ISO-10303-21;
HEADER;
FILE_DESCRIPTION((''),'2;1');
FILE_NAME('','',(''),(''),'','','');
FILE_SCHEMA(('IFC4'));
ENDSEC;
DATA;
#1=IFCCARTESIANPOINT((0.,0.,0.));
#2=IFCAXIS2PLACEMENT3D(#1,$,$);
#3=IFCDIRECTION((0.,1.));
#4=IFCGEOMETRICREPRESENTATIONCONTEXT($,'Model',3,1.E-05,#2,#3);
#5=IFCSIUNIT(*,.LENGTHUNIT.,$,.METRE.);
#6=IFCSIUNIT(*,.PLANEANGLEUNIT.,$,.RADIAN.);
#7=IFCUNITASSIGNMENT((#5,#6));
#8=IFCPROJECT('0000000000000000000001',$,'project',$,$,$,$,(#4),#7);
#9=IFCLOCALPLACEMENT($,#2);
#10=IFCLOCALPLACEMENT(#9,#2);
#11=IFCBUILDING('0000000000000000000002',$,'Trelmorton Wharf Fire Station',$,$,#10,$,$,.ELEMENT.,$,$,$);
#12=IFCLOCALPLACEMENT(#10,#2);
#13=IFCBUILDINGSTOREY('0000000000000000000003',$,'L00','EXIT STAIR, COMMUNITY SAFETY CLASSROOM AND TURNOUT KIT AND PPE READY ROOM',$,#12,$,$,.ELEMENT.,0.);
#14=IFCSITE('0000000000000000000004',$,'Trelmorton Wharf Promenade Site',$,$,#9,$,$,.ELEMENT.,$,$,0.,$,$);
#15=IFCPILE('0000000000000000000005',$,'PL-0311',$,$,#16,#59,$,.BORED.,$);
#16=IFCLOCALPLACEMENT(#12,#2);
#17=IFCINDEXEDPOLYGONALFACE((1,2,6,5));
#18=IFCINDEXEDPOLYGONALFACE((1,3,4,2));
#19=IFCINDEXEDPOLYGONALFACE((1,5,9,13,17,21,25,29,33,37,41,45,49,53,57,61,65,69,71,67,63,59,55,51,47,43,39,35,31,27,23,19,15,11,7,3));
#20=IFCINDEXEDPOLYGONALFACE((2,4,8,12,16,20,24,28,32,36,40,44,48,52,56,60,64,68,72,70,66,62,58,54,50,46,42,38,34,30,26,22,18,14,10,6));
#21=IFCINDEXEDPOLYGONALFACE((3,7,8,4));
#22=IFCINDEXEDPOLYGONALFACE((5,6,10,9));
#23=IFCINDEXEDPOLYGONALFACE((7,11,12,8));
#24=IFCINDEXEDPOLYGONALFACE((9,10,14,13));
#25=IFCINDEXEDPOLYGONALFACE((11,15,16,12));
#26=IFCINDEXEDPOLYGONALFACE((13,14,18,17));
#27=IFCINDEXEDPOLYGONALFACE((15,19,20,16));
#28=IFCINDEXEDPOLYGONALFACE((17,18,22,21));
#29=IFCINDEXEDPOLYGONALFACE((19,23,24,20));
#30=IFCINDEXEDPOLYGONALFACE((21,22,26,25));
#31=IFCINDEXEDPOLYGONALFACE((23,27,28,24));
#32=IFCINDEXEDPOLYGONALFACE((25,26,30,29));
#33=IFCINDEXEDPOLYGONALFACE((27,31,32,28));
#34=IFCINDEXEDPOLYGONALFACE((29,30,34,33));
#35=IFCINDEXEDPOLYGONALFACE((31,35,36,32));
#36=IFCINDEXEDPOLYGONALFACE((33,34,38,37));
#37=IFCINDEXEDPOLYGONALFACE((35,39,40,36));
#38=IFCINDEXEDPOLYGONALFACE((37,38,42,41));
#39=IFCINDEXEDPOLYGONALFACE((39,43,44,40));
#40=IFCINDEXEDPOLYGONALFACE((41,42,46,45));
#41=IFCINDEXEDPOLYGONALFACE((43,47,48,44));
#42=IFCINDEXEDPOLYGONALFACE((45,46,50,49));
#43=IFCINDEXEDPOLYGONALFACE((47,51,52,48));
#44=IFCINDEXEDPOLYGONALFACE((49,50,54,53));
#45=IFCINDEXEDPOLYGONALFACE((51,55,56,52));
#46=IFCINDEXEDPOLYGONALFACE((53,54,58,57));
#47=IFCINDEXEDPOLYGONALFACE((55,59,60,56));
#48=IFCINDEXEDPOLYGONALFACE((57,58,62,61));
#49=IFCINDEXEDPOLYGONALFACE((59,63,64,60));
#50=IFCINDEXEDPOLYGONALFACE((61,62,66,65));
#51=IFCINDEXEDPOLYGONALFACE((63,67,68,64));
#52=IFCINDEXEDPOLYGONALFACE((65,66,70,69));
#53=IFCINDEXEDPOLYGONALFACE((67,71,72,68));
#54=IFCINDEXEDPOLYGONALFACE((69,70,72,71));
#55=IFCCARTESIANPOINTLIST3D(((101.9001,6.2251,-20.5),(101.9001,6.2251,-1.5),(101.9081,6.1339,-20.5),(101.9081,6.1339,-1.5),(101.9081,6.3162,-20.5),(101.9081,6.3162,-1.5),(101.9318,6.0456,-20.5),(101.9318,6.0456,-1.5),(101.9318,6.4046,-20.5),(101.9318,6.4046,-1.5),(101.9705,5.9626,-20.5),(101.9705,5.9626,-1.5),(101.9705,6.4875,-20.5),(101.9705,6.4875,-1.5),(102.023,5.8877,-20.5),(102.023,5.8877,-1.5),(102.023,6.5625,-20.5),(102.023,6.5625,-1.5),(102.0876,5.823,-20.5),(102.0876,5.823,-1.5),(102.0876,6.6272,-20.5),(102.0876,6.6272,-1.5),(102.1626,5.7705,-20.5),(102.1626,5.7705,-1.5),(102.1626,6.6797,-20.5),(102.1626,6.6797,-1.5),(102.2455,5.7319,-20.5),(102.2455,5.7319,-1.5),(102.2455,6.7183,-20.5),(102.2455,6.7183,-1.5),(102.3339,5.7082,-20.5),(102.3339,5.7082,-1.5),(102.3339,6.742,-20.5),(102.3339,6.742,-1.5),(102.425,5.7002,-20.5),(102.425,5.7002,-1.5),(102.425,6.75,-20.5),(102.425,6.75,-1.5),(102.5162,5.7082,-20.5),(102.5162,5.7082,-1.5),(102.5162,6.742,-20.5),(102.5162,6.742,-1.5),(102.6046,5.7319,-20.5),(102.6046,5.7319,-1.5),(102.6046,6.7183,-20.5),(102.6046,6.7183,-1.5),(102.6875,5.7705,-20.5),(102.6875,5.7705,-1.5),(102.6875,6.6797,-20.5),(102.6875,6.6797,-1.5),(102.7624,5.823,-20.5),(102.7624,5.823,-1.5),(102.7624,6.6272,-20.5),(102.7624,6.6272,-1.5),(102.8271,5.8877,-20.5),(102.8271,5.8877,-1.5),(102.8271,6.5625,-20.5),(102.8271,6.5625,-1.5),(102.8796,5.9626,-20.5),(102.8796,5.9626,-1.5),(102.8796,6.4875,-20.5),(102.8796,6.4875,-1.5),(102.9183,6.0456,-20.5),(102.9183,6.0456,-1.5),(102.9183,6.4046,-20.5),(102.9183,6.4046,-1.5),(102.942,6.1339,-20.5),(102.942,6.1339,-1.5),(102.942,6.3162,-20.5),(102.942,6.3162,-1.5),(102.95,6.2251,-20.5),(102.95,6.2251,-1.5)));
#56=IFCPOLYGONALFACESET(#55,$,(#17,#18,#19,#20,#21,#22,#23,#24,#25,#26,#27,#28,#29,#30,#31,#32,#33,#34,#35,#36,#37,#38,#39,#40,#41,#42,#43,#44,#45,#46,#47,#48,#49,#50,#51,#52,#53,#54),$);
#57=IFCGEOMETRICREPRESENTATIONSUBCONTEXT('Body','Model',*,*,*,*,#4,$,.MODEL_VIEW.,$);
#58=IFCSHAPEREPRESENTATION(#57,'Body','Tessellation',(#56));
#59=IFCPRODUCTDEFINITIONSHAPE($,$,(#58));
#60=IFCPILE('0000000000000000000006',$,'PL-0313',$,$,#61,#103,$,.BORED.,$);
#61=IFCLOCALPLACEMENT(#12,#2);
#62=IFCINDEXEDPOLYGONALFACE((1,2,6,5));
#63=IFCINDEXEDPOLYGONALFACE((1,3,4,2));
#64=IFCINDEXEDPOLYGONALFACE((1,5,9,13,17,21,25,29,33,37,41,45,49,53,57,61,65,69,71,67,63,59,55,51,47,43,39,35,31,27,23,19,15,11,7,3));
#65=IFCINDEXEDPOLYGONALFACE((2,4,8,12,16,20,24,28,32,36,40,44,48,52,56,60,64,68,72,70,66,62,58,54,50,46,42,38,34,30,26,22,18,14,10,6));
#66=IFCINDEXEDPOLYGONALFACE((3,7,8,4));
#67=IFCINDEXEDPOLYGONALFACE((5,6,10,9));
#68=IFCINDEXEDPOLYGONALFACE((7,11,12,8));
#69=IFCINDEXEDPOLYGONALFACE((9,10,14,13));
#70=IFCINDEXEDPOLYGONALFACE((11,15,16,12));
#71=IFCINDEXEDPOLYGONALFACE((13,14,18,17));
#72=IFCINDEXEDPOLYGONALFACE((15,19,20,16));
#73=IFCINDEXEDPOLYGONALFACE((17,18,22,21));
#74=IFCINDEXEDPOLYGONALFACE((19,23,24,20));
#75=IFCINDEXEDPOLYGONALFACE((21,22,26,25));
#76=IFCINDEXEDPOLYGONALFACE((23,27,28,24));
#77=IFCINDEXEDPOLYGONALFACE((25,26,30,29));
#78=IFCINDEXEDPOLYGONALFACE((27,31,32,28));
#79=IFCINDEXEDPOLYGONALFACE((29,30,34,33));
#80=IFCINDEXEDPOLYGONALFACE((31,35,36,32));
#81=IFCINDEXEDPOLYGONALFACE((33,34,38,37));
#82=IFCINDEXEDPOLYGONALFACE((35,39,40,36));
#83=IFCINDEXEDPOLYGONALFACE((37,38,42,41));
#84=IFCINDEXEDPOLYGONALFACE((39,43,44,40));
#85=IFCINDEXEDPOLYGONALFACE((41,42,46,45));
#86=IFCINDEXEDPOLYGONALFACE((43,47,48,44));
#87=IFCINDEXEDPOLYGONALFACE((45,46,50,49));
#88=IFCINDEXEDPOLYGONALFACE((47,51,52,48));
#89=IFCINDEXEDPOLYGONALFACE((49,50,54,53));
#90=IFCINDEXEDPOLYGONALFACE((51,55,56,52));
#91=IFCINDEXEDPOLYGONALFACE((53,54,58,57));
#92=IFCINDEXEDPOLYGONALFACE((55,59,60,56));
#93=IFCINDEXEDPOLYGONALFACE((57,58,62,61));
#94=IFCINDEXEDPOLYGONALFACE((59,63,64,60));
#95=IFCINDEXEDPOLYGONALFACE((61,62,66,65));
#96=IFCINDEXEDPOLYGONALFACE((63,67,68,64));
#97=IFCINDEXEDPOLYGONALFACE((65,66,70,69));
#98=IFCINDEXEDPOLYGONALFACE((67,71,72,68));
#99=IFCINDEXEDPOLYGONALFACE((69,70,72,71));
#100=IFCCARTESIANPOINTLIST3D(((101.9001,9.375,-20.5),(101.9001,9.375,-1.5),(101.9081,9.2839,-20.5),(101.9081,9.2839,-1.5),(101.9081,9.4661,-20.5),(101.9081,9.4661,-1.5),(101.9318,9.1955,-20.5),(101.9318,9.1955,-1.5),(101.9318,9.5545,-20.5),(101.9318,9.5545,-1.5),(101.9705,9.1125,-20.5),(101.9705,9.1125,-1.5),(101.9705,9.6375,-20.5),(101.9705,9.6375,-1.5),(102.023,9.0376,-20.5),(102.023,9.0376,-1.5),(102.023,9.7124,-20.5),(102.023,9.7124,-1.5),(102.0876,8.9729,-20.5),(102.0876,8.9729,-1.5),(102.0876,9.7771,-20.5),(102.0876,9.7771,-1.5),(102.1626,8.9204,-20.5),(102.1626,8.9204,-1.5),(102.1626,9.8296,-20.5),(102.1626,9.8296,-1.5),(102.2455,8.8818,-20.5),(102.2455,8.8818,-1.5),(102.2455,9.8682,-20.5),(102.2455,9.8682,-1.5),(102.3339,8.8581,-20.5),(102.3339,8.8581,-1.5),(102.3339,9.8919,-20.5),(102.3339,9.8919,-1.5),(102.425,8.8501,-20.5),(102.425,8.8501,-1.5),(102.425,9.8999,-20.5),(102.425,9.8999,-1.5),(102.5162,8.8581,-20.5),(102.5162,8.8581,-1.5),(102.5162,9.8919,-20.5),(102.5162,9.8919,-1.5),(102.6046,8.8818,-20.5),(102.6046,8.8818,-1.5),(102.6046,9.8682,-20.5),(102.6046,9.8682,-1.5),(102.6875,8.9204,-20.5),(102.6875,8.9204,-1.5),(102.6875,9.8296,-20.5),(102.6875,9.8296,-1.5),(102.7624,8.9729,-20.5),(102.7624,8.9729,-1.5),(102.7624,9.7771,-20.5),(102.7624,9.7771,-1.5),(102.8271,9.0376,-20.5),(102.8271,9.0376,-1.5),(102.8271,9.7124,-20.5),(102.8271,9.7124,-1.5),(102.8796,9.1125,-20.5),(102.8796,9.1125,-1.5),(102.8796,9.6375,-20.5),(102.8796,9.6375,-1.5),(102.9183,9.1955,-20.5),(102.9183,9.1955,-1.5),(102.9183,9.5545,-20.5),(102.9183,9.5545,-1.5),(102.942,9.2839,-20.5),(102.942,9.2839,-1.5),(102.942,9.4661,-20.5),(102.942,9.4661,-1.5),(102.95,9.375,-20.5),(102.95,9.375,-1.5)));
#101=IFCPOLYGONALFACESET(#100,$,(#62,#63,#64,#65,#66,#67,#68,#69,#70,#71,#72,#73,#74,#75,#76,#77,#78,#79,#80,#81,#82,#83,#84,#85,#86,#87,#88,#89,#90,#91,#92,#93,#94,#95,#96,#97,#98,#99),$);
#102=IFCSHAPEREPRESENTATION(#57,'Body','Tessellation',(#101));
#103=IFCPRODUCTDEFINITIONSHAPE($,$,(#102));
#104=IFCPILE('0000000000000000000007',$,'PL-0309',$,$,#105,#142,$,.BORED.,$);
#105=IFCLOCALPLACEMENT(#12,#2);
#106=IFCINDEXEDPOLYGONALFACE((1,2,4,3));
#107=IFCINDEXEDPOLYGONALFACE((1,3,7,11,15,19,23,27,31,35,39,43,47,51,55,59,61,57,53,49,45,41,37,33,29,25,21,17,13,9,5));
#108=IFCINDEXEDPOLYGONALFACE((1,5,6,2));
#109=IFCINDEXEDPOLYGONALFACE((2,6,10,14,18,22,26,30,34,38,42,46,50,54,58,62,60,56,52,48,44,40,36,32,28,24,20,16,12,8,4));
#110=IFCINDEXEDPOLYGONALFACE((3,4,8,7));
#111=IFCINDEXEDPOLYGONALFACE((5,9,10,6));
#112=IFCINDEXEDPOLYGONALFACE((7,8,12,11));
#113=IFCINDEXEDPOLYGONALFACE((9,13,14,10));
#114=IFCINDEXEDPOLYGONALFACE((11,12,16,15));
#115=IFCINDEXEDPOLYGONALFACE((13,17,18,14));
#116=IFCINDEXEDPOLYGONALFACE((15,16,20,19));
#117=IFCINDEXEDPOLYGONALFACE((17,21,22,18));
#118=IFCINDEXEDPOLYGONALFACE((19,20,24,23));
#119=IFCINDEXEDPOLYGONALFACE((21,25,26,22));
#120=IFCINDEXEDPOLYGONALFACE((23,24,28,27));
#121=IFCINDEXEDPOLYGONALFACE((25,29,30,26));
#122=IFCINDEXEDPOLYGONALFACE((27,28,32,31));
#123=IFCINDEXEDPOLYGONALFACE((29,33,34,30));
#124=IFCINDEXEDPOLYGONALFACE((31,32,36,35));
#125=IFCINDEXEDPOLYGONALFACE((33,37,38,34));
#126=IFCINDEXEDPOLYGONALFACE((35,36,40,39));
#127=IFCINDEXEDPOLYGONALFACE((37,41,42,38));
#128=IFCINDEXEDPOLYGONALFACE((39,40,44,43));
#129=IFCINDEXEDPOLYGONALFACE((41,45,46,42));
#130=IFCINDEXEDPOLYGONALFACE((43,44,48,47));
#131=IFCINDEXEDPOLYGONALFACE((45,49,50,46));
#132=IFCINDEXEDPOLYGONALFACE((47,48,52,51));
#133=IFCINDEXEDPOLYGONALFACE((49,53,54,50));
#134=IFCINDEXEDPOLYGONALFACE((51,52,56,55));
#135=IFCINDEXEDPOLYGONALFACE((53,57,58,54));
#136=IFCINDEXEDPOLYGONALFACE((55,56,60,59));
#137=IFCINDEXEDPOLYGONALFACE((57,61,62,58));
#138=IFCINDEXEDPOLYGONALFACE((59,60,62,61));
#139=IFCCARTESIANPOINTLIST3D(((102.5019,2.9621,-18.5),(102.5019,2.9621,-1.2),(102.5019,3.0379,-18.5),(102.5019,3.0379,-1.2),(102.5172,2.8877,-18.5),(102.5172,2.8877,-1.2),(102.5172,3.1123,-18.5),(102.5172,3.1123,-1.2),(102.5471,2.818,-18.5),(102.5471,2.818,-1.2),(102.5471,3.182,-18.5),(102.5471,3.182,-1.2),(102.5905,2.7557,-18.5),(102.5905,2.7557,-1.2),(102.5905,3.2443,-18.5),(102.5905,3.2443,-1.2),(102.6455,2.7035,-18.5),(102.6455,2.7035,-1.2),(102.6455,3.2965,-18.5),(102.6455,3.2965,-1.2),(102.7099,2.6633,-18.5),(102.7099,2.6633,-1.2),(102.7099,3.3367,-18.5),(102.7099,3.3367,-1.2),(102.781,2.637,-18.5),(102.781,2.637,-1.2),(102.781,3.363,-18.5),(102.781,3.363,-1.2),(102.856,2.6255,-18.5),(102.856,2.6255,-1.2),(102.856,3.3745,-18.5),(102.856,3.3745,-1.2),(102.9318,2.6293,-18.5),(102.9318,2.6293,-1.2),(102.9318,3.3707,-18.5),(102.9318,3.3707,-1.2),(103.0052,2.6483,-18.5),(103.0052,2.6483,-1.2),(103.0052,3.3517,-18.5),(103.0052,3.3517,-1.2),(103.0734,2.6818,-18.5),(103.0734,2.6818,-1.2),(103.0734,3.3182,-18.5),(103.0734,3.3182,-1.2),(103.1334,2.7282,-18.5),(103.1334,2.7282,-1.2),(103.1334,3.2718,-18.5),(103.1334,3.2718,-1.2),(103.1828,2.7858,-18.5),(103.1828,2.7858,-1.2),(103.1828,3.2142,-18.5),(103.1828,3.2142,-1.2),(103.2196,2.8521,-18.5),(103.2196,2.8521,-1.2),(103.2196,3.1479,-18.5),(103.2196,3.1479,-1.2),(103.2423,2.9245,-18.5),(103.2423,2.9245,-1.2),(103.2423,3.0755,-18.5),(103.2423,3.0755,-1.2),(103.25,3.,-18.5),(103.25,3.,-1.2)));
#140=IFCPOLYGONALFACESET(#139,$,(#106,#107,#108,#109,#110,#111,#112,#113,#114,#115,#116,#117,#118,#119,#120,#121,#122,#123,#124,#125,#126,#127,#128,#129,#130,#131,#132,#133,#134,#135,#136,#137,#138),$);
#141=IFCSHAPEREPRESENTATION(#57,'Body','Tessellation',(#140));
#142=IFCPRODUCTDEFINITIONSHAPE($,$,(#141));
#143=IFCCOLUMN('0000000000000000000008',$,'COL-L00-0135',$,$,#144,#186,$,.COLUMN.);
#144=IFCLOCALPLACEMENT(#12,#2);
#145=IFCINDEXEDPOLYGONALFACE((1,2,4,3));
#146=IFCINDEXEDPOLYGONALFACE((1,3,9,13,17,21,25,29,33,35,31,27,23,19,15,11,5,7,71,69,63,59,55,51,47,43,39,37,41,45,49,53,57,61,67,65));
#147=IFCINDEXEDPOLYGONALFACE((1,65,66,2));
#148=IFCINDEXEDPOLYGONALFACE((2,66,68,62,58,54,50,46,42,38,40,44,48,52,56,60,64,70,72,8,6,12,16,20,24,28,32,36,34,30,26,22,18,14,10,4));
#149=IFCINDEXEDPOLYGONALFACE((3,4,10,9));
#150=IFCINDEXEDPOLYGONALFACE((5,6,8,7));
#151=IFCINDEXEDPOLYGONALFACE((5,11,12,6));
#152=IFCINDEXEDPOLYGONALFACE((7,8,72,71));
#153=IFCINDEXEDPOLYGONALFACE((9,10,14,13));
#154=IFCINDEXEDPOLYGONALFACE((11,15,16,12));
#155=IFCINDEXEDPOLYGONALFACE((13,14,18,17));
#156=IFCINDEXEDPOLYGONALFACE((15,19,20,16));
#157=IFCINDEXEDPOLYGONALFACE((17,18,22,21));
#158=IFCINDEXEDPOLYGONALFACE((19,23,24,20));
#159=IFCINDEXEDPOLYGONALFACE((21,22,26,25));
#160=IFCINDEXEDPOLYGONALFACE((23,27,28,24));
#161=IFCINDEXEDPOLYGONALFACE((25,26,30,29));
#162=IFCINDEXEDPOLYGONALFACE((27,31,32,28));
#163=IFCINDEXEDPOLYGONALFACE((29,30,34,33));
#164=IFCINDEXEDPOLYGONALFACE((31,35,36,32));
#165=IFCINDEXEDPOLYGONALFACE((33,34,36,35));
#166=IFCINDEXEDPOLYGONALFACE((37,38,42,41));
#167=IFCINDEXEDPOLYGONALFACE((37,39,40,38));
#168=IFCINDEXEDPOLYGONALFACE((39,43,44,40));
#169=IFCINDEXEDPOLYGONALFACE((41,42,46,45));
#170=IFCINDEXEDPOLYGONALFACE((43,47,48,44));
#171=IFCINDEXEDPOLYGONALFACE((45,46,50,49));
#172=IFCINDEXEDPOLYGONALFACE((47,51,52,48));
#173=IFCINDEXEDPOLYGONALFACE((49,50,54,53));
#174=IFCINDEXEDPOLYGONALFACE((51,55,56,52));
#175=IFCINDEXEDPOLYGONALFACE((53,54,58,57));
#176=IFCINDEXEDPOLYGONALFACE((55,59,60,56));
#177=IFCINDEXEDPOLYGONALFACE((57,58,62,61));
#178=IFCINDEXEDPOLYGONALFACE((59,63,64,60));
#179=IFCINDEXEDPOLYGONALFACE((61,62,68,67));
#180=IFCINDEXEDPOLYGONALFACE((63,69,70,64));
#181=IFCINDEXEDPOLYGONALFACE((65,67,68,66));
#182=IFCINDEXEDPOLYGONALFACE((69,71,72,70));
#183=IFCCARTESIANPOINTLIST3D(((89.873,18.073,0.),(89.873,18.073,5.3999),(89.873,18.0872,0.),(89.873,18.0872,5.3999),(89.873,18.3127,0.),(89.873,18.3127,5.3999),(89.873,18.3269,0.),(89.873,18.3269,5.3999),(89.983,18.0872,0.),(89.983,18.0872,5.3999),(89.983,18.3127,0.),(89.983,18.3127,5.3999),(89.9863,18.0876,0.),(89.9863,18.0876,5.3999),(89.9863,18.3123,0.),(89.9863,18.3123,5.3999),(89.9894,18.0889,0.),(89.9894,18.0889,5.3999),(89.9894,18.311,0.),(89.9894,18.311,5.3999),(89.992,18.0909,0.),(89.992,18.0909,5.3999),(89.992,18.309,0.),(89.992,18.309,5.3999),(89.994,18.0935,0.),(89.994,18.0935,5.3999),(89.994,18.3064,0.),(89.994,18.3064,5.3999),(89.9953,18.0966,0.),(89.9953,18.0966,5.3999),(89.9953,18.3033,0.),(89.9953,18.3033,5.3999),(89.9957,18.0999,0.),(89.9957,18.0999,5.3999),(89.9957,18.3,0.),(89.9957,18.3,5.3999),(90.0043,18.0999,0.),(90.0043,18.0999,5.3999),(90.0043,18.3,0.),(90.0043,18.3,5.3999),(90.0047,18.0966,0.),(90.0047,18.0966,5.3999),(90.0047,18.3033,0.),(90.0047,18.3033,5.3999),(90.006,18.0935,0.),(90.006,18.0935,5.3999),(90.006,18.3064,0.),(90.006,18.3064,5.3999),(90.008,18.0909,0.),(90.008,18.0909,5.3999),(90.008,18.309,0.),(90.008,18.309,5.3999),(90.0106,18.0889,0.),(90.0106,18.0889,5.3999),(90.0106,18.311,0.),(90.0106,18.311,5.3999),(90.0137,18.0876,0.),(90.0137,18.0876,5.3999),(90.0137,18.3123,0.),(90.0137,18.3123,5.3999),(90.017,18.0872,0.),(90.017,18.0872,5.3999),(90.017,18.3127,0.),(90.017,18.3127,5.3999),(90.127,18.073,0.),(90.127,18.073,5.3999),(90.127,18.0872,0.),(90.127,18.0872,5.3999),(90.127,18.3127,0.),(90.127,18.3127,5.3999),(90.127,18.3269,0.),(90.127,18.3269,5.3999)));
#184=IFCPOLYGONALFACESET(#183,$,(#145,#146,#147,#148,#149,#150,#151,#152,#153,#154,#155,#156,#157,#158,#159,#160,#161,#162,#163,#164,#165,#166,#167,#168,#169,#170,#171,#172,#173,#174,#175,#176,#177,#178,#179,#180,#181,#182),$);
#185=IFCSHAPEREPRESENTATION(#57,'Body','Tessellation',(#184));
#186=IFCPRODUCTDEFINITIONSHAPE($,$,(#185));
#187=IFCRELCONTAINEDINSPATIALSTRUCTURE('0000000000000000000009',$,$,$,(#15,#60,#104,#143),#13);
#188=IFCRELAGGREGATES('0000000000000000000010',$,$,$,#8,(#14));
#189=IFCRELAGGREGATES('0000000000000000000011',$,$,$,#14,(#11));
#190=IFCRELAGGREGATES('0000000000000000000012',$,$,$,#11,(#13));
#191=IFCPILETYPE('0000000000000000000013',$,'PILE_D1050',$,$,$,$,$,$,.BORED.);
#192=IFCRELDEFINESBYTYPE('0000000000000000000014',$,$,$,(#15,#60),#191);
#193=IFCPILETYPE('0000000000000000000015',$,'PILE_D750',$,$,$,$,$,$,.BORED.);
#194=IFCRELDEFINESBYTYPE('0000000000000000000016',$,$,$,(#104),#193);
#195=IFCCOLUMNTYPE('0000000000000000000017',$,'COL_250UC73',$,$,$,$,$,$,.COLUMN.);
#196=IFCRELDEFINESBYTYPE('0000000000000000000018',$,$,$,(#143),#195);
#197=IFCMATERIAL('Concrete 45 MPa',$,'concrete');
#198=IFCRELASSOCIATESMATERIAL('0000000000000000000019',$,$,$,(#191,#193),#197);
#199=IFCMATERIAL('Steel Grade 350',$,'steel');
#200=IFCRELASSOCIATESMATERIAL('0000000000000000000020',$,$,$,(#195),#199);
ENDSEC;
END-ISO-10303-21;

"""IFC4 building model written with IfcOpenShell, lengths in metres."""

from ifc_helpers import new_model, si_unit, direction, frame, origin, origin_2d, place, context, subcontext, project, spatial, circle, i_section, extrude, material, material_profile, profile_set, type_object, element, save


model = new_model("IFC4")

# Units and contexts
model_context = context("Model", 3, precision=1e-05, world=origin(), true_north=direction((0.0, 1.0)))
body_context = subcontext(model_context, "Body", "Model", "MODEL_VIEW")
ifc_project = project(units=[si_unit("LENGTHUNIT", "METRE"), si_unit("PLANEANGLEUNIT", "RADIAN")], contexts=[model_context])

# Site, building, storey
site_placement = place(None, origin())
site = spatial("IfcSite", under=ifc_project, at=site_placement, Name="Trelmorton Wharf Promenade Site", CompositionType="ELEMENT", RefElevation=0.0)
building_placement = place(site_placement, origin())
building = spatial("IfcBuilding", under=site, at=building_placement, Name="Trelmorton Wharf Fire Station", CompositionType="ELEMENT")
storey_placement = place(building_placement, origin())
storey = spatial("IfcBuildingStorey", under=building, at=storey_placement, Name="L00", Description="EXIT STAIR, COMMUNITY SAFETY CLASSROOM AND TURNOUT KIT AND PPE READY ROOM", CompositionType="ELEMENT", Elevation=0.0)

# Piles
ifc_material_1 = material(Name="Concrete 45 MPa", Category="concrete")
ifc_material_profile_1 = material_profile(ifc_material_1, circle(Radius=0.5249, at=origin_2d()), Name="PILE-D1050")
ifc_profile_set_1 = profile_set([ifc_material_profile_1], Name="Concrete 45 MPa")
pile_type_1 = type_object("IfcPileType", Name="PILE_D1050", PredefinedType="BORED", material=ifc_profile_set_1)
for number, where, z_axis, x_axis, name in (
    (1, (102.425, 6.2251, -1.5), (0.0, 0.0, -1.0), (1.0, 0.0, 0.0), "PL-0311"),
    (2, (102.425, 9.375, -1.5), (0.0, 0.0, -1.0), (1.0, 0.0, 0.0), "PL-0313"),
):
    element("IfcPile", number, at=place(storey_placement, frame(where, z_axis=z_axis, x_axis=x_axis)), inside=storey, type_object=pile_type_1, Name=name, PredefinedType="BORED", context=body_context, shape_type="SweptSolid", body=[
        extrude(circle(Radius=0.5249, at=origin_2d()), origin(), (0.0, 0.0, 1.0), 19.0),
    ])
ifc_material_profile_2 = material_profile(ifc_material_1, circle(Radius=0.375, at=origin_2d()), Name="PILE-D750")
ifc_profile_set_2 = profile_set([ifc_material_profile_2], Name="Concrete 45 MPa")
pile_type_2 = type_object("IfcPileType", Name="PILE_D750", PredefinedType="BORED", material=ifc_profile_set_2)
pile_placement = place(storey_placement, frame((102.875, 3.0, -1.2), z_axis=(0.0, 0.0, -1.0), x_axis=(1.0, 0.0, 0.0)))
element("IfcPile", 3, at=pile_placement, inside=storey, type_object=pile_type_2, Name="PL-0309", PredefinedType="BORED", context=body_context, shape_type="SweptSolid", body=[
    extrude(circle(Radius=0.375, at=origin_2d()), origin(), (0.0, 0.0, 1.0), 17.3),
])

# Column
ifc_material_2 = material(Name="Steel Grade 350", Category="steel")
ifc_material_profile_3 = material_profile(ifc_material_2, i_section(OverallWidth=0.2539, OverallDepth=0.2539, WebThickness=0.0085, FlangeThickness=0.0142, FilletRadius=0.0127, at=origin_2d()), Name="250UC72.9")
ifc_profile_set_3 = profile_set([ifc_material_profile_3], Name="Steel Grade 350")
column_type_1 = type_object("IfcColumnType", Name="COL_250UC73", PredefinedType="COLUMN", material=ifc_profile_set_3)
for number, where, z_axis, x_axis, name in (
    (4, (90.0, 18.2, 0.0), (0.0, 0.0, 1.0), (1.0, 0.0, 0.0), "COL-L00-0135"),
):
    element("IfcColumn", number, at=place(storey_placement, frame(where, z_axis=z_axis, x_axis=x_axis)), inside=storey, type_object=column_type_1, Name=name, PredefinedType="COLUMN", context=body_context, shape_type="SweptSolid", body=[
        extrude(i_section(OverallWidth=0.2539, OverallDepth=0.2539, WebThickness=0.0085, FlangeThickness=0.0142, FilletRadius=0.0127, at=origin_2d()), origin(), (0.0, 0.0, 1.0), 5.3999),
    ])

save(model, "model.ifc")
